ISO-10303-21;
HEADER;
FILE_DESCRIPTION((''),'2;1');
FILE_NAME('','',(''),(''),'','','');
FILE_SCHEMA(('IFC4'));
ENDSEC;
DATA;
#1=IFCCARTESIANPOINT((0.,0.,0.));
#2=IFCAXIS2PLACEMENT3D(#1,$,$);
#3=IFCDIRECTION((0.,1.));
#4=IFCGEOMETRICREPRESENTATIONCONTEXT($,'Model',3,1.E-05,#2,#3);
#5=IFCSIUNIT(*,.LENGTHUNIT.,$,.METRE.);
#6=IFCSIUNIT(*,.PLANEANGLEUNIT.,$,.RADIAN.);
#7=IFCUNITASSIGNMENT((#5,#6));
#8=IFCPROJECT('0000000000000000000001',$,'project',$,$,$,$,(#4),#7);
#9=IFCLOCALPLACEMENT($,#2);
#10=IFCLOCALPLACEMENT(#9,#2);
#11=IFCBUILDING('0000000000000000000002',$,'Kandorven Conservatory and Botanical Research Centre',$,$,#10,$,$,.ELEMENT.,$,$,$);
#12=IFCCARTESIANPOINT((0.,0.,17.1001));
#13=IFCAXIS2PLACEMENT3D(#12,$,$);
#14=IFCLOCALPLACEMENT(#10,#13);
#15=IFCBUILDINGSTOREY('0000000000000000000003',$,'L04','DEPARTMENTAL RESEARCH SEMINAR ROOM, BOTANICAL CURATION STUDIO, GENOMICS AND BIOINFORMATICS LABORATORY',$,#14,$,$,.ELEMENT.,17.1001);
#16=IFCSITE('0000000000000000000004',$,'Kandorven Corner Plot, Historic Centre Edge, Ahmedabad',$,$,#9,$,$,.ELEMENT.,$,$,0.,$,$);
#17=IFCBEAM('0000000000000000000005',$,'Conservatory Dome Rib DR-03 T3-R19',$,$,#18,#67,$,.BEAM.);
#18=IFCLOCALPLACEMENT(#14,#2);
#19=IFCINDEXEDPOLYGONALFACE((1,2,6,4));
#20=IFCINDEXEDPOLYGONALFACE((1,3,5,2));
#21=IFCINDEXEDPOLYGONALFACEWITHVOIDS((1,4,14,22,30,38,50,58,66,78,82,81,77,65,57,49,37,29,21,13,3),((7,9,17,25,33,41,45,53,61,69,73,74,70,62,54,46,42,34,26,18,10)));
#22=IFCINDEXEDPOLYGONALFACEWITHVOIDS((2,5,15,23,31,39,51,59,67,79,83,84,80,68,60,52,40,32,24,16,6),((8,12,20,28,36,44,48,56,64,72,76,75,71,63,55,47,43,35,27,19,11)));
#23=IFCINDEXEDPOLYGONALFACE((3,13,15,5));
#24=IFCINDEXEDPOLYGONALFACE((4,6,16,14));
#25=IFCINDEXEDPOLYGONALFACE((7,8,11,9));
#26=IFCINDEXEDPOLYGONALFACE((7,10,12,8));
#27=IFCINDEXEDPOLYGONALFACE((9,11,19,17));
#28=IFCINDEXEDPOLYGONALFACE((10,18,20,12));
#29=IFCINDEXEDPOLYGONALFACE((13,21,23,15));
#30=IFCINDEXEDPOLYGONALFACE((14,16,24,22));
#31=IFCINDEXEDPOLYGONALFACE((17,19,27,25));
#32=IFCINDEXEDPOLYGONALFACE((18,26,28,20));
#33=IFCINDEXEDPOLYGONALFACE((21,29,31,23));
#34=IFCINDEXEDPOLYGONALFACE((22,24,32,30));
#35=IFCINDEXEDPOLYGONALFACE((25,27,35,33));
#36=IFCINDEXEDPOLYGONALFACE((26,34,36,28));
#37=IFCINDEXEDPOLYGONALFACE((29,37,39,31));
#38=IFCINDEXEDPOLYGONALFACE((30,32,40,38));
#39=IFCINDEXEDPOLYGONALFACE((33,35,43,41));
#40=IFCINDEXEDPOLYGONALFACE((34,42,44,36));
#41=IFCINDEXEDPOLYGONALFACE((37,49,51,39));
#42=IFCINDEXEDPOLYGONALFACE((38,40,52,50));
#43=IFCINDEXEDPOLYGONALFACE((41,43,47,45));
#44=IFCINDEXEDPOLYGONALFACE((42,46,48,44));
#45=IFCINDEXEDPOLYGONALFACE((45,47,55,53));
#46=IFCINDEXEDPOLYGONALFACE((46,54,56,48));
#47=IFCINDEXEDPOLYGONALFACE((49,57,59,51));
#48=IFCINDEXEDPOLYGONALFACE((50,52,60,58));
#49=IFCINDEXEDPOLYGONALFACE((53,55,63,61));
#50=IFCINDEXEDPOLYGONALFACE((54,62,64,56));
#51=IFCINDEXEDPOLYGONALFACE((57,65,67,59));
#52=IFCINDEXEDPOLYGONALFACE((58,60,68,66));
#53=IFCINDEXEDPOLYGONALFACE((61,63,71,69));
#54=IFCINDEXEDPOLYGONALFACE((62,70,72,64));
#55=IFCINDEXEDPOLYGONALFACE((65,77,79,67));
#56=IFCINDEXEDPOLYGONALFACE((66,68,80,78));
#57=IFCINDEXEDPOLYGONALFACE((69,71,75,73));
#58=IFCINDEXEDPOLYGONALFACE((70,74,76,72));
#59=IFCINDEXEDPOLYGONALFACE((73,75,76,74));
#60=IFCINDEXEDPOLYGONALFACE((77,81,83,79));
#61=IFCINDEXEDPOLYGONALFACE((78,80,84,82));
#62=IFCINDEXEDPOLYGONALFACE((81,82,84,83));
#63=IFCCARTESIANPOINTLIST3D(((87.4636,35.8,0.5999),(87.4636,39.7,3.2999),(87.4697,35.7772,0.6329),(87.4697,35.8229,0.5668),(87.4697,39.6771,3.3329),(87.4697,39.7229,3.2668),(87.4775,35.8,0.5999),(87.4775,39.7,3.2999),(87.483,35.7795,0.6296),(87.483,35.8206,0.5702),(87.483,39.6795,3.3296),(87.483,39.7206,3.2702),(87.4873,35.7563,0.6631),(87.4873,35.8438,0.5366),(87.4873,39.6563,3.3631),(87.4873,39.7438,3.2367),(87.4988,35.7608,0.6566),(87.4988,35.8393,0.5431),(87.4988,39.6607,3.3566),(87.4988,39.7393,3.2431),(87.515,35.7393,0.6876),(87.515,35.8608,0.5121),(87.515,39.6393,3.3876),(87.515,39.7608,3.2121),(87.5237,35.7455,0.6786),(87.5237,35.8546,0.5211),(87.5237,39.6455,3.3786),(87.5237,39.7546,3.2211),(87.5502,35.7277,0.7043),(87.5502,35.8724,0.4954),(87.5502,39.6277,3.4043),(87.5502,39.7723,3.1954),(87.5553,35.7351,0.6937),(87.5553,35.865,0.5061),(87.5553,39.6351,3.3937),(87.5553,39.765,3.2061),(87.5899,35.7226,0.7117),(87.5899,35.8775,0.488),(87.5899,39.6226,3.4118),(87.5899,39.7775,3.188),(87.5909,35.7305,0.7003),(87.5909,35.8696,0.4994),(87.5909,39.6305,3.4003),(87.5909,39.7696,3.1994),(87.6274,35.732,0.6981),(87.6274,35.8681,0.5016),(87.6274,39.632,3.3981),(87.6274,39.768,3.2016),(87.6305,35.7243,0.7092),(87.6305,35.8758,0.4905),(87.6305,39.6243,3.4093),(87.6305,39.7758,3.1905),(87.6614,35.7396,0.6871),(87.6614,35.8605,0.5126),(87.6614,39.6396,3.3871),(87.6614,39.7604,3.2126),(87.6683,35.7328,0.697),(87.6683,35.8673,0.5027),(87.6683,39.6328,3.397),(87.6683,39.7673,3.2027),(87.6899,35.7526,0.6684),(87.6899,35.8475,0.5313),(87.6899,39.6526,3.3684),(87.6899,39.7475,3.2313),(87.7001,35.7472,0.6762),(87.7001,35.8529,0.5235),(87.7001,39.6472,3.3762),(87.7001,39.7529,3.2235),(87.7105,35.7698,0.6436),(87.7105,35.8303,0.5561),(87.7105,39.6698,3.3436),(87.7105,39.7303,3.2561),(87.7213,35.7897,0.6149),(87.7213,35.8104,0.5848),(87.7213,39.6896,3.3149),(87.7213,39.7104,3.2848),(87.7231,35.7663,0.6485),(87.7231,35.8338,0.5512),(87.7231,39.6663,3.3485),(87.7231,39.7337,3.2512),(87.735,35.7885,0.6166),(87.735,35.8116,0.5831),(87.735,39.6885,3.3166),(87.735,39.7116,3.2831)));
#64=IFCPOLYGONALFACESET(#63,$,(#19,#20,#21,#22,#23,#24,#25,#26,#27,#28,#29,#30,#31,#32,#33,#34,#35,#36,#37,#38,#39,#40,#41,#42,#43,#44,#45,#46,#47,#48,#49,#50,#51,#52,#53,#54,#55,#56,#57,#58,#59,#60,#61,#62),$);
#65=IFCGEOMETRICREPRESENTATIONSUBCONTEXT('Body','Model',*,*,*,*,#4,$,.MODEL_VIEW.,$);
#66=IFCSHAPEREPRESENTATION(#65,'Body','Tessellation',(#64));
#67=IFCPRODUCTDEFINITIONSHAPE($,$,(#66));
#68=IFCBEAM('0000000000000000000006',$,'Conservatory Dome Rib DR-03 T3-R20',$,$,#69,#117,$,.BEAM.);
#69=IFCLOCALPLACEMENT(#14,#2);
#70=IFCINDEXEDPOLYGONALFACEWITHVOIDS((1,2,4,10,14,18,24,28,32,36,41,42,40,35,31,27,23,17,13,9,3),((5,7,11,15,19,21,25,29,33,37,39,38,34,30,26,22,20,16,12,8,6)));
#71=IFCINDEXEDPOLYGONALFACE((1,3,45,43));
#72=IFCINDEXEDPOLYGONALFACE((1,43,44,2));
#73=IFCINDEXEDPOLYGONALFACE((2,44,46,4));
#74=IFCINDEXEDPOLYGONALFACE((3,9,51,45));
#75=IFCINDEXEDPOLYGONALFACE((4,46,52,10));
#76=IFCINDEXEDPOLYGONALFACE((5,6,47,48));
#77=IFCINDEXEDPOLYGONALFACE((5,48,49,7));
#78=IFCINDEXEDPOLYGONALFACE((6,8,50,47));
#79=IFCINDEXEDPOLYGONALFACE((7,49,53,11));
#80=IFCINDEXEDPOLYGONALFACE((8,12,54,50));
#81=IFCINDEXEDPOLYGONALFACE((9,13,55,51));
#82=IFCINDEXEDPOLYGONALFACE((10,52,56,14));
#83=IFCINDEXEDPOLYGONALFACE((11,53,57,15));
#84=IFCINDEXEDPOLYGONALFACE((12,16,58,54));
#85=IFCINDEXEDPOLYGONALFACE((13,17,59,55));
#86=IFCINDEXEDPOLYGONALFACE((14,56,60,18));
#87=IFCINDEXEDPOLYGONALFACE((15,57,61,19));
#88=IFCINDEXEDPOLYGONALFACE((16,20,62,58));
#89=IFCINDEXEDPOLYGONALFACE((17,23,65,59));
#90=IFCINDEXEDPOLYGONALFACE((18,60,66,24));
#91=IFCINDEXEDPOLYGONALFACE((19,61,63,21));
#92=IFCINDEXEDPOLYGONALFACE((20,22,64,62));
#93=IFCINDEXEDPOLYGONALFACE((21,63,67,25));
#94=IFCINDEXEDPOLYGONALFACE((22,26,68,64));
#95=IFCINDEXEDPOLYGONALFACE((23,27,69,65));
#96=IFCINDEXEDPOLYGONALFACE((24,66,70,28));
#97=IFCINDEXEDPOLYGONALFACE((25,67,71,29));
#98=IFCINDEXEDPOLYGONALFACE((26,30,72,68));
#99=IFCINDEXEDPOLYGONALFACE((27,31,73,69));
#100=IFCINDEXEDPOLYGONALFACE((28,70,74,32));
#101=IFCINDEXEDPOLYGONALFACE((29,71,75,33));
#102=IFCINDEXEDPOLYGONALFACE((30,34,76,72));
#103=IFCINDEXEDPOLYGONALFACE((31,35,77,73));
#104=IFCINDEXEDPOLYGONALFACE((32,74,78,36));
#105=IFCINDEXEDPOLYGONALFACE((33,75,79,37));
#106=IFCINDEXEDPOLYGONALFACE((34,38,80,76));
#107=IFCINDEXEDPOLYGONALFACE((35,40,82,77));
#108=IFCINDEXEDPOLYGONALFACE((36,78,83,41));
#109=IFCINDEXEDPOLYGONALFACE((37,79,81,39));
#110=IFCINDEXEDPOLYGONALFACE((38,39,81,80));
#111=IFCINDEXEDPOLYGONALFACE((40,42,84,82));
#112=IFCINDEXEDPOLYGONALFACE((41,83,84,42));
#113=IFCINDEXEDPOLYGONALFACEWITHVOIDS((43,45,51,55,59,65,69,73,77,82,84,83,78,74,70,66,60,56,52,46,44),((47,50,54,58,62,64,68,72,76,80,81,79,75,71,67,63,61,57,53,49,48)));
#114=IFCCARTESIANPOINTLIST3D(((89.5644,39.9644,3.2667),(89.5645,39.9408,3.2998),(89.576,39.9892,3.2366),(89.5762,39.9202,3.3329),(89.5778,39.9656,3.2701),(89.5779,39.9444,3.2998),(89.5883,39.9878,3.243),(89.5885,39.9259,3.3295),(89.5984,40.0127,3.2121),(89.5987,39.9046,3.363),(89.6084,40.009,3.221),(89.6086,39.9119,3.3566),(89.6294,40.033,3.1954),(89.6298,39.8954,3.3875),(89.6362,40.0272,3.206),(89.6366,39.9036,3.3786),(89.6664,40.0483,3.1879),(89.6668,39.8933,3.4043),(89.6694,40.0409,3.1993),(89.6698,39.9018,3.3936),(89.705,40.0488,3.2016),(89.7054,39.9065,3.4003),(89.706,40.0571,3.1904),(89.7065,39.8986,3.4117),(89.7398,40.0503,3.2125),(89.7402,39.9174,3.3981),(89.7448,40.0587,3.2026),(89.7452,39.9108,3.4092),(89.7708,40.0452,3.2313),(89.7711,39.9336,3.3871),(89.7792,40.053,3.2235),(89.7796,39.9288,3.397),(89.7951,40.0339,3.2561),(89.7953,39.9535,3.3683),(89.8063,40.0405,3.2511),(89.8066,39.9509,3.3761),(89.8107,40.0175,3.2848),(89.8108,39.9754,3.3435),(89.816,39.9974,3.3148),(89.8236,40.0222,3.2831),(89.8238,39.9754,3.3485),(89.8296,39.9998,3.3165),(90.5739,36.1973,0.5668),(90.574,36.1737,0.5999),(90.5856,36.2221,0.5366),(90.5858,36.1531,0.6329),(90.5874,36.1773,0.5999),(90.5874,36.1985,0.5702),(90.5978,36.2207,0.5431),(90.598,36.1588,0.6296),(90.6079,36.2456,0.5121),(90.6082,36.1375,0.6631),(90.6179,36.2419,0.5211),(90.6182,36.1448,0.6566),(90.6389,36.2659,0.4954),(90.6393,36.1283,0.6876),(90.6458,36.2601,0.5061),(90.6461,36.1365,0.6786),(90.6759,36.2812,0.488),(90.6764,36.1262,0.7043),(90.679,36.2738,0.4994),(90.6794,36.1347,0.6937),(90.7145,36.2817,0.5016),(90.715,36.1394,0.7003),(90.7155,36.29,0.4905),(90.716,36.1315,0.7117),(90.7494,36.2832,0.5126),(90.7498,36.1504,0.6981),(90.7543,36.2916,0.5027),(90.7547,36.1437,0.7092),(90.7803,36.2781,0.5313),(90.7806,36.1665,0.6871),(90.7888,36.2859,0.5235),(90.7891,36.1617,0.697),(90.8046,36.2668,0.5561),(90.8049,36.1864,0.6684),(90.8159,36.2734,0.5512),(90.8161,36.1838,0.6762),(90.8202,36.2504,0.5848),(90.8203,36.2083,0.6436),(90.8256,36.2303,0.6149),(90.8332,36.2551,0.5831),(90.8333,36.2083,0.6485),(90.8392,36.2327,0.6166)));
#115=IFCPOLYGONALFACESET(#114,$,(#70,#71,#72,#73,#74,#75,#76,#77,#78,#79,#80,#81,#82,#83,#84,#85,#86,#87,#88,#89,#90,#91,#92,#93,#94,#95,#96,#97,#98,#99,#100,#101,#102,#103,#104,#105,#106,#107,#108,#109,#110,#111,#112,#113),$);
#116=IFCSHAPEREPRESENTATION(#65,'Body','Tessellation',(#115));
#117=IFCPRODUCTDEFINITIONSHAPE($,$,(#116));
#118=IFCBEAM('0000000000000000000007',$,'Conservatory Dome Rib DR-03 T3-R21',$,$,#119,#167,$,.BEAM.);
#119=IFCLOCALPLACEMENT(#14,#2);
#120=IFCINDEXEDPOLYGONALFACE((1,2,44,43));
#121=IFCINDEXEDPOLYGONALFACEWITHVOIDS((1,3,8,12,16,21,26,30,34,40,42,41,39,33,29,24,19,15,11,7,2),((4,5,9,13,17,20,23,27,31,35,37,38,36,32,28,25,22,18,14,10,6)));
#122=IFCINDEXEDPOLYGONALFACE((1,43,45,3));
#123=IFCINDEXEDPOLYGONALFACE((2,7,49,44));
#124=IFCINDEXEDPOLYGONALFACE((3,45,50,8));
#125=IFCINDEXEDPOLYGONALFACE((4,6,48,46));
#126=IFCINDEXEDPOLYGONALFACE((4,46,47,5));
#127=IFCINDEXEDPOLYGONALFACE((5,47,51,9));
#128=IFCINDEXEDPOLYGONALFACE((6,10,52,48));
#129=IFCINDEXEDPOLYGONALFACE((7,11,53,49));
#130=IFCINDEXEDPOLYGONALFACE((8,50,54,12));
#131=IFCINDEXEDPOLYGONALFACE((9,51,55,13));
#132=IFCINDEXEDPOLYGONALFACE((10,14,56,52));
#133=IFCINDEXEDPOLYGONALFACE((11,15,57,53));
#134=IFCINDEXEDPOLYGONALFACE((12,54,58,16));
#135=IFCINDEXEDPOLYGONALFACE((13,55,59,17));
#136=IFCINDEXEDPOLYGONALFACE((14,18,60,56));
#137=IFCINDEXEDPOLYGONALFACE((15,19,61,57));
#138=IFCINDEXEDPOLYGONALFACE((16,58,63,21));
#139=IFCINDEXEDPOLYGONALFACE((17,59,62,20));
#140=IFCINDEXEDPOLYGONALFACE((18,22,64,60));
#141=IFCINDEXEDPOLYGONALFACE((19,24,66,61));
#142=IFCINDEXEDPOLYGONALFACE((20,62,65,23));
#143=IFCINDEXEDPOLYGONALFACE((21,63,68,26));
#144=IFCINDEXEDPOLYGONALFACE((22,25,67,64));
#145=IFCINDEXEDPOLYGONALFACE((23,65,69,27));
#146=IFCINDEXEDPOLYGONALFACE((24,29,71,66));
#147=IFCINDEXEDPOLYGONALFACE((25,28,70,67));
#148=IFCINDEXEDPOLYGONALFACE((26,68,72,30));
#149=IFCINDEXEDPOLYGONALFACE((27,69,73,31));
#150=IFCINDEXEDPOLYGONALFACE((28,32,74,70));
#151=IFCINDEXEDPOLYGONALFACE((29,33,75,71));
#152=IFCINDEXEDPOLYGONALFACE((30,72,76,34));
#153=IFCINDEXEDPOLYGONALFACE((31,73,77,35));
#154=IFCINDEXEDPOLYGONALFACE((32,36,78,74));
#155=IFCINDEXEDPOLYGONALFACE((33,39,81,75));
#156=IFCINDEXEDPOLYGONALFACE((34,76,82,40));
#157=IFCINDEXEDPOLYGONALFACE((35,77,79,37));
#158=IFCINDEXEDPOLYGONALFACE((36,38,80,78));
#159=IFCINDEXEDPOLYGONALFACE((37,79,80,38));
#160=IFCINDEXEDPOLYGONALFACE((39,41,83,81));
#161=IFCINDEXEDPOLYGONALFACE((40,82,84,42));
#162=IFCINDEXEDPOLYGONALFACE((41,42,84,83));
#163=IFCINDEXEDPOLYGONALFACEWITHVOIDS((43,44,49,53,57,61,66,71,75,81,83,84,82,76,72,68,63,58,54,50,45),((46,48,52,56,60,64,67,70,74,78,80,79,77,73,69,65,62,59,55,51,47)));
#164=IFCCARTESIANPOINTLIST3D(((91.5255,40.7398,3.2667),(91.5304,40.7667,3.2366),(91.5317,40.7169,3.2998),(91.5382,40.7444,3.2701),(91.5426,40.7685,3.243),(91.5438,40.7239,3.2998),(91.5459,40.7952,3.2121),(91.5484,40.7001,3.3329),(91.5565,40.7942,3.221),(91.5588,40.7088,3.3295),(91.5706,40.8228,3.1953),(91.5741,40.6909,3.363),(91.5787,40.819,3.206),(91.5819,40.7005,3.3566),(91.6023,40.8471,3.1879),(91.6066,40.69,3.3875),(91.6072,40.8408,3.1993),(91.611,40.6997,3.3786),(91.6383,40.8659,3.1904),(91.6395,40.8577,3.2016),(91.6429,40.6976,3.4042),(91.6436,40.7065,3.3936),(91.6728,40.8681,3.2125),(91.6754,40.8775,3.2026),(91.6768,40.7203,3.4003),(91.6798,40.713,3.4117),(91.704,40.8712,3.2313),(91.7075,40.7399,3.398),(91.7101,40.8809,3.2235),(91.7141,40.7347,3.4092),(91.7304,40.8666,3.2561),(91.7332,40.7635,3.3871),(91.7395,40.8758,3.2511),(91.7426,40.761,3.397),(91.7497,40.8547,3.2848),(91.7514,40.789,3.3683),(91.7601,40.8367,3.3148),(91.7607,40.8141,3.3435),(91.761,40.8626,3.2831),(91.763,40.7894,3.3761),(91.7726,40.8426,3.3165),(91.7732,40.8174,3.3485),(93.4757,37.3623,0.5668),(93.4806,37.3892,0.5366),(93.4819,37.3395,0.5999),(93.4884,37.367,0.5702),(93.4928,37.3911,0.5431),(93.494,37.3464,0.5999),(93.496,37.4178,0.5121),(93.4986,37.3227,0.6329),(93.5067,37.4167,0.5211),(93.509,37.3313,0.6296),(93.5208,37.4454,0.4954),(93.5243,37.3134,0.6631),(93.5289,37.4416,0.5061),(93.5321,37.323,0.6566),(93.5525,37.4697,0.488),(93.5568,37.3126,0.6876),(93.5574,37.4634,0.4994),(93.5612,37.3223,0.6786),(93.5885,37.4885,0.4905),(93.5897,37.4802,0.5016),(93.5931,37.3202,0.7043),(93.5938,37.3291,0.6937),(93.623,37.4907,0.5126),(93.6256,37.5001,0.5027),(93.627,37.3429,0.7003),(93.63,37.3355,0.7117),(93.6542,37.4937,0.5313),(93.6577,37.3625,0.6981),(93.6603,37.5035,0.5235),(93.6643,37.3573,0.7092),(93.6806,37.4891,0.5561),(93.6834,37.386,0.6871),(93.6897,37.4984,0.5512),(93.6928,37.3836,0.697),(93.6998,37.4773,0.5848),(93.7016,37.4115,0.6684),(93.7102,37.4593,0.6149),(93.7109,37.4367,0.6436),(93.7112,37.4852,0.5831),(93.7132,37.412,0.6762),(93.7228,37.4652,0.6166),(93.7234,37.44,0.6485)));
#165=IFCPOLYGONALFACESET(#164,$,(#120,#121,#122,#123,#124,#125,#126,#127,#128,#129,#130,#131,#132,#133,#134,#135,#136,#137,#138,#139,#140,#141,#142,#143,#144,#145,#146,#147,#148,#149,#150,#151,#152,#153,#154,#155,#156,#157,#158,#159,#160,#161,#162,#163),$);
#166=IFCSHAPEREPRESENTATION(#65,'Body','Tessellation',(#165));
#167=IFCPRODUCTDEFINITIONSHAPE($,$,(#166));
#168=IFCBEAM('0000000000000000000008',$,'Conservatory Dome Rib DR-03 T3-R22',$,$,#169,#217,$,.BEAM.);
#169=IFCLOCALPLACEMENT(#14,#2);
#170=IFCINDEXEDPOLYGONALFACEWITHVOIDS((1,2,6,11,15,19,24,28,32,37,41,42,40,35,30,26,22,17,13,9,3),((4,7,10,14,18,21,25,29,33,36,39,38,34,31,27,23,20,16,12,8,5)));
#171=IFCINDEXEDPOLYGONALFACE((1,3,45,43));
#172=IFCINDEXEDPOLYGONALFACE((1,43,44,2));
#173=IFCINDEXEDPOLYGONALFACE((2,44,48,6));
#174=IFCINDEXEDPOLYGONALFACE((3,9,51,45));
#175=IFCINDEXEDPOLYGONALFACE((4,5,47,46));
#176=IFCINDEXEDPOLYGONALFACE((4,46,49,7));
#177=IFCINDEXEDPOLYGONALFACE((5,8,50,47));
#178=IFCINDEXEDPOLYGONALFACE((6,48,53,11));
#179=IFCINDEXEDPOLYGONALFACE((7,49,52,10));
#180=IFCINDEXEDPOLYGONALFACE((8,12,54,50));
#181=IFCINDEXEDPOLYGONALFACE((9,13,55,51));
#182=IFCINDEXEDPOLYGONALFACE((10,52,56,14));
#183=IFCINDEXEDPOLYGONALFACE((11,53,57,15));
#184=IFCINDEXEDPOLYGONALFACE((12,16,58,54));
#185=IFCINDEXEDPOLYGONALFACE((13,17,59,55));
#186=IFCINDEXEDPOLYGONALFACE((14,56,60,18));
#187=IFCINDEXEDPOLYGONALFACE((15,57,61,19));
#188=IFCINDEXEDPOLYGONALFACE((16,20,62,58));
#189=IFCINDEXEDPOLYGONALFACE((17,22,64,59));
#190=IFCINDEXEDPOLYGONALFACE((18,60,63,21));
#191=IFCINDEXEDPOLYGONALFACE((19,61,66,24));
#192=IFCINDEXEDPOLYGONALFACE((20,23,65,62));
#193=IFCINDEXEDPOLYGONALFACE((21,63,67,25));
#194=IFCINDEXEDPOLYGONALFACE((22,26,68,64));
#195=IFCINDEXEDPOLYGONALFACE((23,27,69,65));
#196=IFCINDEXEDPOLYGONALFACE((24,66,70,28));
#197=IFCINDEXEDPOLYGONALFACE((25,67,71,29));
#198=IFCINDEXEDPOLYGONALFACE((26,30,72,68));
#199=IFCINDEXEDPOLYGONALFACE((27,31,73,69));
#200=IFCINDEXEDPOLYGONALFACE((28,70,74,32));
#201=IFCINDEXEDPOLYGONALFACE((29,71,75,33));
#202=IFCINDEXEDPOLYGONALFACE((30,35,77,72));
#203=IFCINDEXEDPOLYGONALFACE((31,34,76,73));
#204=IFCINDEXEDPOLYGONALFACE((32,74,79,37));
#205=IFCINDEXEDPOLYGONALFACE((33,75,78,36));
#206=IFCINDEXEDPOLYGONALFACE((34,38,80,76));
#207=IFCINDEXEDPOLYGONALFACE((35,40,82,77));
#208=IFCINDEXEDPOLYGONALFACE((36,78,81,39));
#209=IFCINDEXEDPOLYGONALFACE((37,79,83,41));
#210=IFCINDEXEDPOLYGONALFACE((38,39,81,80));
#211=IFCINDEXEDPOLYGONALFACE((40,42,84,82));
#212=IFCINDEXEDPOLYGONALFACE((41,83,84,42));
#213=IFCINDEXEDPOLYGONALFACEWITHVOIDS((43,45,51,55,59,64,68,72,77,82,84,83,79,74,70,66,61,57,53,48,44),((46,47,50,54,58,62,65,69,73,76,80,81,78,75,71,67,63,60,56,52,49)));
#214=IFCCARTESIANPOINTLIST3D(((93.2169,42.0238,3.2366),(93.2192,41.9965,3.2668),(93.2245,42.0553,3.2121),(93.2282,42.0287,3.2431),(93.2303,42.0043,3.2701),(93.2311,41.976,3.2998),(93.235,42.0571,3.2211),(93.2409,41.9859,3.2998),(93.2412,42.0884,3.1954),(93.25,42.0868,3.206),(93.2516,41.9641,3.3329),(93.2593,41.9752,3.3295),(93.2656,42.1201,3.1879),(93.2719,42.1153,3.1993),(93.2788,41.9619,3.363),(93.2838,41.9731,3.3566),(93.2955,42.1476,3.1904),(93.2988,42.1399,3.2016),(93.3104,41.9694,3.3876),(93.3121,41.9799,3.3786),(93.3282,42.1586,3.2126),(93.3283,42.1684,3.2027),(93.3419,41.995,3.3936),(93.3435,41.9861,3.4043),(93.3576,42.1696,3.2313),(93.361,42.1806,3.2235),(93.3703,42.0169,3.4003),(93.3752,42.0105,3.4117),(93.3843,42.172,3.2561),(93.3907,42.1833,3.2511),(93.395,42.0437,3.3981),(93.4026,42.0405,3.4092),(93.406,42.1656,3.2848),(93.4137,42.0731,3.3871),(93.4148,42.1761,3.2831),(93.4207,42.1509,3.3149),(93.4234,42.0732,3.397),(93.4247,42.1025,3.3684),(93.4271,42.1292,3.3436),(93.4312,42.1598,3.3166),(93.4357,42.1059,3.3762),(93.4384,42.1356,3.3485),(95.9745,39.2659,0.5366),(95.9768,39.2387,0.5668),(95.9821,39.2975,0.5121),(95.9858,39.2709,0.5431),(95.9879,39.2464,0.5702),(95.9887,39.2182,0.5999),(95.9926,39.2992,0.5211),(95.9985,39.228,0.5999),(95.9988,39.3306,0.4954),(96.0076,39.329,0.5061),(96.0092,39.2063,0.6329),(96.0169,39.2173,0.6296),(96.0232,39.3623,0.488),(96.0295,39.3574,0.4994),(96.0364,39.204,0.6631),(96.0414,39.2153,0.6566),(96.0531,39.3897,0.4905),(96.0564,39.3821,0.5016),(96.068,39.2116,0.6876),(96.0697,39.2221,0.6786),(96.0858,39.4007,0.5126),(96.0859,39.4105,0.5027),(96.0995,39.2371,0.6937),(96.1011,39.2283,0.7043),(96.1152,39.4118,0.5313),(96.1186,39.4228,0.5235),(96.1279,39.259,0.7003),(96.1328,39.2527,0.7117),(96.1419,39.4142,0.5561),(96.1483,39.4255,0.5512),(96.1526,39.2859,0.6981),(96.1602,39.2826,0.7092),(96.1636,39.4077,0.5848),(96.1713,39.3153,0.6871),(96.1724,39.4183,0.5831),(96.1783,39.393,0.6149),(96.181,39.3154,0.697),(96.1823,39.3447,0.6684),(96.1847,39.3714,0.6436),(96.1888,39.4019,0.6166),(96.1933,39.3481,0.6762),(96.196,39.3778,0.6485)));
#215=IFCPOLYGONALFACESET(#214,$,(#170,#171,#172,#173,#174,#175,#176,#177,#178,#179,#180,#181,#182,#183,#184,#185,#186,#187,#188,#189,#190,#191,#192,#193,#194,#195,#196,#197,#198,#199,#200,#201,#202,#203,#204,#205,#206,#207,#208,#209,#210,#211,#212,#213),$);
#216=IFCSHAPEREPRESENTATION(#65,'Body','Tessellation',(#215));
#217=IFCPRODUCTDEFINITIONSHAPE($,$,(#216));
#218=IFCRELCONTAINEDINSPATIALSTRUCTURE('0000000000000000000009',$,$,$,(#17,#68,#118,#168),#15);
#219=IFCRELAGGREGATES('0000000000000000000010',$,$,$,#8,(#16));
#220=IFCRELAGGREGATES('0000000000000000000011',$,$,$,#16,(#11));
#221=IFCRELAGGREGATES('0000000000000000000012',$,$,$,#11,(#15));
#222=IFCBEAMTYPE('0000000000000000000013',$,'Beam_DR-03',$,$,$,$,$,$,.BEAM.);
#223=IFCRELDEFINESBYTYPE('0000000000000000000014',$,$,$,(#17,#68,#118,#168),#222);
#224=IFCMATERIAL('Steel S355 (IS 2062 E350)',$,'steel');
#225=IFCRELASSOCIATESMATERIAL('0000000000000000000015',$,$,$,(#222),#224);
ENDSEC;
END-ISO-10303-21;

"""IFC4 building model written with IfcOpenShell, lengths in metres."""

from ifc_helpers import new_model, si_unit, direction, frame, origin, origin_2d, place, context, subcontext, project, spatial, hollow_circle, extrude, material, material_profile, profile_set, type_object, element, save


model = new_model("IFC4")

# Units and contexts
model_context = context("Model", 3, precision=1e-05, world=origin(), true_north=direction((0.0, 1.0)))
body_context = subcontext(model_context, "Body", "Model", "MODEL_VIEW")
ifc_project = project(units=[si_unit("LENGTHUNIT", "METRE"), si_unit("PLANEANGLEUNIT", "RADIAN")], contexts=[model_context])

# Site, building, storey
site_placement = place(None, origin())
site = spatial("IfcSite", under=ifc_project, at=site_placement, Name="Kandorven Corner Plot, Historic Centre Edge, Ahmedabad", CompositionType="ELEMENT", RefElevation=0.0)
building_placement = place(site_placement, origin())
building = spatial("IfcBuilding", under=site, at=building_placement, Name="Kandorven Conservatory and Botanical Research Centre", CompositionType="ELEMENT")
storey_placement = place(building_placement, frame((0.0, 0.0, 17.1001)))
storey = spatial("IfcBuildingStorey", under=building, at=storey_placement, Name="L04", Description="DEPARTMENTAL RESEARCH SEMINAR ROOM, BOTANICAL CURATION STUDIO, GENOMICS AND BIOINFORMATICS LABORATORY", CompositionType="ELEMENT", Elevation=17.1001)

# Beams
ifc_material_1 = material(Name="Steel S355 (IS 2062 E350)", Category="steel")
ifc_material_profile_1 = material_profile(ifc_material_1, hollow_circle(Radius=0.1365, WallThickness=0.0139, at=origin_2d()))
ifc_profile_set_1 = profile_set([ifc_material_profile_1], Name="Steel S355 (IS 2062 E350)")
beam_type_1 = type_object("IfcBeamType", Name="Beam_DR-03", PredefinedType="BEAM", material=ifc_profile_set_1)
for number, where, z_axis, x_axis, name in (
    (1, (87.6001, 35.8, 0.5999), (0.0, 0.82219, 0.569213), (-1.0, 0.0, 0.0), "Conservatory Dome Rib DR-03 T3-R19"),
    (2, (90.7058, 36.209, 0.5999), (-0.212827, 0.794175, 0.569202), (-0.965917, -0.258851, 0.0), "Conservatory Dome Rib DR-03 T3-R20"),
    (3, (93.6001, 37.4077, 0.5999), (-0.411136, 0.712025, 0.569198), (-0.866, -0.500044, 0.0), "Conservatory Dome Rib DR-03 T3-R21"),
    (4, (96.0852, 39.3147, 0.5999), (-0.581354, 0.581405, 0.569207), (-0.707138, -0.707075, 0.0), "Conservatory Dome Rib DR-03 T3-R22"),
):
    element("IfcBeam", number, at=place(storey_placement, frame(where, z_axis=z_axis, x_axis=x_axis)), inside=storey, type_object=beam_type_1, Name=name, PredefinedType="BEAM", context=body_context, shape_type="SweptSolid", body=[
        extrude(hollow_circle(Radius=0.1365, WallThickness=0.0139, at=origin_2d()), origin(), (0.0, 0.0, 1.0), 4.7434),
    ])

save(model, "model.ifc")
